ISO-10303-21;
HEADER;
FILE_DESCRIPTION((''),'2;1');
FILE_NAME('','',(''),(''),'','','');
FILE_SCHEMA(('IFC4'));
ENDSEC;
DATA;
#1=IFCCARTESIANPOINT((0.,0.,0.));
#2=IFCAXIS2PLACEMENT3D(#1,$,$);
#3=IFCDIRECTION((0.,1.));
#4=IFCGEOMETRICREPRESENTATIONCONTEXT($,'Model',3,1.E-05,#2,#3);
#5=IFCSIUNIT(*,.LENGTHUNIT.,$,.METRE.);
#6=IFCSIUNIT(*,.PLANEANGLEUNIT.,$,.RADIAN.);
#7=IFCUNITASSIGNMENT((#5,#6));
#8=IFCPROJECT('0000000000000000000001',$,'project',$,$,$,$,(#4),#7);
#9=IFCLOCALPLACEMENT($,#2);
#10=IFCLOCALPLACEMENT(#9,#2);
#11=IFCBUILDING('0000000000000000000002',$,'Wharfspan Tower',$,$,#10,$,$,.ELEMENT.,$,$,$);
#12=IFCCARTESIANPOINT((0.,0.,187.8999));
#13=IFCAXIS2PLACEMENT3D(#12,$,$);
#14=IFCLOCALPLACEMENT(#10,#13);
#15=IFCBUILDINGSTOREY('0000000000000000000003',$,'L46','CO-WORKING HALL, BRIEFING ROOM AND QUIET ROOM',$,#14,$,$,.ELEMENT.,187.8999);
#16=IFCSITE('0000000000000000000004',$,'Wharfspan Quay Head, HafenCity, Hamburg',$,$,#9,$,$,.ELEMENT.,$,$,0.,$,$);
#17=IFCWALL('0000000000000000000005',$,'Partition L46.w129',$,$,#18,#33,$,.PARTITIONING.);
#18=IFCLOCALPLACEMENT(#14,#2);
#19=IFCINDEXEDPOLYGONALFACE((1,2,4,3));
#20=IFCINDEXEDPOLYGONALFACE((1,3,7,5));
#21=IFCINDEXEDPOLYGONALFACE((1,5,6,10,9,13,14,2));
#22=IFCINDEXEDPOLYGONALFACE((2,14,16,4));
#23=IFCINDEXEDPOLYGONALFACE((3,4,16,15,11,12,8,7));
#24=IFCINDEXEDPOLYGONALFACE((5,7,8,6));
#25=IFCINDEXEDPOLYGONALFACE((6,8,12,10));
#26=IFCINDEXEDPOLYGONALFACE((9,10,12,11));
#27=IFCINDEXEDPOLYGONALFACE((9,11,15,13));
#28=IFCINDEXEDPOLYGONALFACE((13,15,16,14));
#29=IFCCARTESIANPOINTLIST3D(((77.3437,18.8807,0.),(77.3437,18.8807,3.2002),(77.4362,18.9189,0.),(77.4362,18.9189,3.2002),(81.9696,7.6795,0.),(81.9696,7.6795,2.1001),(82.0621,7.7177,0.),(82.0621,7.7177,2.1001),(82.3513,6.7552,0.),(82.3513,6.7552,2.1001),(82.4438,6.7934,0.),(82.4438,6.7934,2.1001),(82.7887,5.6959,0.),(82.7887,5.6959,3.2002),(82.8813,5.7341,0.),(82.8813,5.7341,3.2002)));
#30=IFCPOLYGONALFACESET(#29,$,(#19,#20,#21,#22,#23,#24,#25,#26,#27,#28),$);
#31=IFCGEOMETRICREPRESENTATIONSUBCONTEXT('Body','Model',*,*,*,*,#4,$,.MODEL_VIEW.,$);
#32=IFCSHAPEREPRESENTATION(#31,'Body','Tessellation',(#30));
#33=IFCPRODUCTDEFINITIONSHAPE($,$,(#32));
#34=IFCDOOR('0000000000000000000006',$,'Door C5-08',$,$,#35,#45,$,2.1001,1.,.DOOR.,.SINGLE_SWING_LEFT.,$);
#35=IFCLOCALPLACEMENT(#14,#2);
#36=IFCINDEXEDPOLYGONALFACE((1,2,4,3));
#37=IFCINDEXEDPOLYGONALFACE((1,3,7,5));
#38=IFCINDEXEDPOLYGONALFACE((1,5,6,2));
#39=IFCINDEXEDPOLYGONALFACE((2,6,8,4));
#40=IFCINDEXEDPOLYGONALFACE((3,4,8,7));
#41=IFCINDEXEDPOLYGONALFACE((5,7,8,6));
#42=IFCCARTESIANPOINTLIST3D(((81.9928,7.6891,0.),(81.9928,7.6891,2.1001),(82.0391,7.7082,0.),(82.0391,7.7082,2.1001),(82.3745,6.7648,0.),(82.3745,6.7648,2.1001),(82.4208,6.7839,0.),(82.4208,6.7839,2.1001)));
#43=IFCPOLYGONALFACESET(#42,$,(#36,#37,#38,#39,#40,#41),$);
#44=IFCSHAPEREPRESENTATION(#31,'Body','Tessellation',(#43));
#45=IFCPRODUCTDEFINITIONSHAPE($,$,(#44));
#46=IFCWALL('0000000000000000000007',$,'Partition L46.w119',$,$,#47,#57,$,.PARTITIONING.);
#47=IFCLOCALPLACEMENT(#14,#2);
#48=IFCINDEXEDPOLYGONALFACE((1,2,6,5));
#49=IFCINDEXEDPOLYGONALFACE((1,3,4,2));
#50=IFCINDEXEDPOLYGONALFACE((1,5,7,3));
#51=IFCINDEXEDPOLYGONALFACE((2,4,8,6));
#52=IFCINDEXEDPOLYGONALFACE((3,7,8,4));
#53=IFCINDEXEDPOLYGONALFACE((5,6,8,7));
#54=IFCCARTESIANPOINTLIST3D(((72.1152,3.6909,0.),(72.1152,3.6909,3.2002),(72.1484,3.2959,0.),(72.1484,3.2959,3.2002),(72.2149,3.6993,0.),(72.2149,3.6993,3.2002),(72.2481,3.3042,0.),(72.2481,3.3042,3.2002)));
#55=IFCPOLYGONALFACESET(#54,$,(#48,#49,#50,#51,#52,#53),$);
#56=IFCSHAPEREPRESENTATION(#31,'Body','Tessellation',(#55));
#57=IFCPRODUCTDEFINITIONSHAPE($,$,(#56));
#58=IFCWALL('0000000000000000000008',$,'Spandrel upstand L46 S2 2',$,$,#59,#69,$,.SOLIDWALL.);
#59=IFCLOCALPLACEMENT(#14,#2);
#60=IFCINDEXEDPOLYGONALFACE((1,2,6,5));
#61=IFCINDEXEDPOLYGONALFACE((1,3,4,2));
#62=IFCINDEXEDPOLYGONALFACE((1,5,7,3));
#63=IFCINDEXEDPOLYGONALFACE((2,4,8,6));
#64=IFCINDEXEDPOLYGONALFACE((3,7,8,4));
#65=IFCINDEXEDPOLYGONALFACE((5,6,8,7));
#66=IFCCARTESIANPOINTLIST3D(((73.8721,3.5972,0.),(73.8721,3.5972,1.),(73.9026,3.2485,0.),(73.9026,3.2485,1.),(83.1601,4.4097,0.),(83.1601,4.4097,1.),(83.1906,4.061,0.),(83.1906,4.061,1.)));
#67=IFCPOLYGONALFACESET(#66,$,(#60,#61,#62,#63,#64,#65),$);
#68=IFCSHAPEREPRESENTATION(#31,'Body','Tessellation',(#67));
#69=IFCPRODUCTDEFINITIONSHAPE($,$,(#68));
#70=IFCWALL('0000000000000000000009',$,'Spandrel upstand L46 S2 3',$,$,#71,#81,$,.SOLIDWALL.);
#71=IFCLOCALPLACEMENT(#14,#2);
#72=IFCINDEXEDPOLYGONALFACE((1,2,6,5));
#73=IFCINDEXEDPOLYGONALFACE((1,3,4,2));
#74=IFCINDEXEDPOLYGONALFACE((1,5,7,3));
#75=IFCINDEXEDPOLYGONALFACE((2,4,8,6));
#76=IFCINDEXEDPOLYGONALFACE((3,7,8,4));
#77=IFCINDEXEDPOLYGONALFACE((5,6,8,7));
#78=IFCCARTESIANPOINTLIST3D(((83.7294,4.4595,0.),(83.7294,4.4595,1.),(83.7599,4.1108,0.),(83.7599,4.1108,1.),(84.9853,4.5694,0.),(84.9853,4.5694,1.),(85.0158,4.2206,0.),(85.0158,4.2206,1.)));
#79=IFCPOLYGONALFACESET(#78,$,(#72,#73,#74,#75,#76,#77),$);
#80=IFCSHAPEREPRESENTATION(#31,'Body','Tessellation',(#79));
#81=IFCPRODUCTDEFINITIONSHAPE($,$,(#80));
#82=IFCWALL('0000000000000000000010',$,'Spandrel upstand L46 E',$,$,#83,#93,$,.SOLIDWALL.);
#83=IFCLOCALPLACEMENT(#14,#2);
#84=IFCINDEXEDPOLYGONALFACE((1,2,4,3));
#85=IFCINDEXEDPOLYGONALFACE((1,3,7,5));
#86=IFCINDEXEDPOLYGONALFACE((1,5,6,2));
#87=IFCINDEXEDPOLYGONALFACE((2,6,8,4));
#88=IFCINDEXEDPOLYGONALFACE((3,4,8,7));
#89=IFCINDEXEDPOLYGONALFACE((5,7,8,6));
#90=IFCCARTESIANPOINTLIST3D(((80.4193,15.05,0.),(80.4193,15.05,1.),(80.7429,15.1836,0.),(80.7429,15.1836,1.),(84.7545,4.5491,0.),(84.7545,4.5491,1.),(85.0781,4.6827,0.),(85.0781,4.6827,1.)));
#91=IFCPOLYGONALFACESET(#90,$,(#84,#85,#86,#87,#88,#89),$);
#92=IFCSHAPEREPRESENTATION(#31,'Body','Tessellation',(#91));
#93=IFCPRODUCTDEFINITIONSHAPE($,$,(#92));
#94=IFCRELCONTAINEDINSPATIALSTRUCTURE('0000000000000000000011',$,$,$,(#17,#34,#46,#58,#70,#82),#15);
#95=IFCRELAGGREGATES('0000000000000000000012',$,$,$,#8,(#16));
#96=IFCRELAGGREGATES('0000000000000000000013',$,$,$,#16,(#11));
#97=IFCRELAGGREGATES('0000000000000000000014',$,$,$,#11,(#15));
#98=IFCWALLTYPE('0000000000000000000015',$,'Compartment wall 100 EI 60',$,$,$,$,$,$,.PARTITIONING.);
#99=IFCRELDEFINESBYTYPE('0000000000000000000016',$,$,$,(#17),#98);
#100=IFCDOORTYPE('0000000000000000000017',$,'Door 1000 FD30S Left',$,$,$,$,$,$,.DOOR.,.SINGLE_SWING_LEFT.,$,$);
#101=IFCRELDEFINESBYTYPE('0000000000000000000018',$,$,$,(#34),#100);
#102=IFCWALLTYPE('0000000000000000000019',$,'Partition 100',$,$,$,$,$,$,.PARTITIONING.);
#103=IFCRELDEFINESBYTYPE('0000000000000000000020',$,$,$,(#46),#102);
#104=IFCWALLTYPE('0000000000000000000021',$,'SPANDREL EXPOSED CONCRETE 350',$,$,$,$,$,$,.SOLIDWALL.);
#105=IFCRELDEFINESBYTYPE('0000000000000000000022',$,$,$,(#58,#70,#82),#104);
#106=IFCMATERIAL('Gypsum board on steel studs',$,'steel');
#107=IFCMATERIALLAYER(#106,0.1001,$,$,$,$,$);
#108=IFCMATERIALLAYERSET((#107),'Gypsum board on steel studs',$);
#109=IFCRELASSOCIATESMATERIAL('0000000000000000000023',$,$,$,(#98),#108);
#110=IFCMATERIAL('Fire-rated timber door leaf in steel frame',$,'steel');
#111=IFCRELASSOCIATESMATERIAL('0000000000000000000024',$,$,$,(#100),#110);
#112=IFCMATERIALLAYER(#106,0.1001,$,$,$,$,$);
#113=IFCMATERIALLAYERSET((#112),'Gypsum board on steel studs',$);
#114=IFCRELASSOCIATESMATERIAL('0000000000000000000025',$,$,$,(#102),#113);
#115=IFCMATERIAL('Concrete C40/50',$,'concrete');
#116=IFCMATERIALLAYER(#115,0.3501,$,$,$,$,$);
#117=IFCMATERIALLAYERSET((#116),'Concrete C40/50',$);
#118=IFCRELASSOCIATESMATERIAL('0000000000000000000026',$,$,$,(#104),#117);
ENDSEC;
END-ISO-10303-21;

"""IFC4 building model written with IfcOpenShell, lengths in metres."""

from ifc_helpers import new_model, si_unit, direction, frame, frame_2d, origin, place, context, subcontext, project, spatial, rectangle, extrude, material, layer, layer_set, type_object, element, fill, save


model = new_model("IFC4")

# Units and contexts
model_context = context("Model", 3, precision=1e-05, world=origin(), true_north=direction((0.0, 1.0)))
body_context = subcontext(model_context, "Body", "Model", "MODEL_VIEW")
ifc_project = project(units=[si_unit("LENGTHUNIT", "METRE"), si_unit("PLANEANGLEUNIT", "RADIAN")], contexts=[model_context])

# Site, building, storey
site_placement = place(None, origin())
site = spatial("IfcSite", under=ifc_project, at=site_placement, Name="Wharfspan Quay Head, HafenCity, Hamburg", CompositionType="ELEMENT", RefElevation=0.0)
building_placement = place(site_placement, origin())
building = spatial("IfcBuilding", under=site, at=building_placement, Name="Wharfspan Tower", CompositionType="ELEMENT")
storey_placement = place(building_placement, frame((0.0, 0.0, 187.8999)))
storey = spatial("IfcBuildingStorey", under=building, at=storey_placement, Name="L46", Description="CO-WORKING HALL, BRIEFING ROOM AND QUIET ROOM", CompositionType="ELEMENT", Elevation=187.8999)

# Shared definitions
ifc_material_1 = material(Name="Gypsum board on steel studs", Category="steel")
ifc_layer_1 = layer(ifc_material_1, 0.1001)
ifc_layer_set_1 = layer_set([ifc_layer_1], Name="Gypsum board on steel studs")
wall_type_1 = type_object("IfcWallType", Name="Compartment wall 100 EI 60", PredefinedType="PARTITIONING", material=ifc_layer_set_1)

# Shared definitions
ifc_material_2 = material(Name="Fire-rated timber door leaf in steel frame", Category="steel")

# Wall, opening, door
wall_1_placement = place(storey_placement, frame((82.835, 5.7151, 0.0), z_axis=(0.0, 0.0, 1.0), x_axis=(-0.381709, 0.924279, 0.0)))
wall_1 = element("IfcWall", 1, at=wall_1_placement, inside=storey, type_object=wall_type_1, Name="Partition L46.w129", PredefinedType="PARTITIONING", context=body_context, shape_type="SweptSolid", body=[
    extrude(rectangle(XDim=14.2649, YDim=0.1001, at=frame_2d((7.1323, 0.0))), origin(), (0.0, 0.0, 1.0), 3.2002),
])
opening_1_placement = place(wall_1_placement, frame((1.146, 0.0, 0.0)))
opening_1 = element("IfcOpeningElement", 2, at=opening_1_placement, cuts=wall_1, PredefinedType="OPENING", context=body_context, shape_type="SweptSolid", body=[
    extrude(rectangle(XDim=1.0, YDim=2.1001, at=frame_2d((0.5, 1.05))), frame((0.0, 0.0601, 0.0), z_axis=(0.0, -1.0, 0.0), x_axis=(1.0, 0.0, 0.0)), (0.0, 0.0, 1.0), 0.1201),
])
door_type_1 = type_object("IfcDoorType", Name="Door 1000 FD30S Left", OperationType="SINGLE_SWING_LEFT", PredefinedType="DOOR", material=ifc_material_2)
door_1_placement = place(opening_1_placement, origin())
door_1 = element("IfcDoor", 3, at=door_1_placement, inside=storey, type_object=door_type_1, Name="Door C5-08", OperationType="SINGLE_SWING_LEFT", OverallHeight=2.1001, OverallWidth=1.0, PredefinedType="DOOR", context=body_context, shape_type="SweptSolid", body=[
    extrude(rectangle(XDim=1.0, YDim=2.1001, at=frame_2d((0.5, 1.05))), frame((0.0, 0.0249, 0.0), z_axis=(0.0, -1.0, 0.0), x_axis=(1.0, 0.0, 0.0)), (0.0, 0.0, 1.0), 0.05),
])
fill(opening_1, door_1)

# Walls
ifc_layer_2 = layer(ifc_material_1, 0.1001)
ifc_layer_set_2 = layer_set([ifc_layer_2], Name="Gypsum board on steel studs")
wall_type_2 = type_object("IfcWallType", Name="Partition 100", PredefinedType="PARTITIONING", material=ifc_layer_set_2)
wall_2_placement = place(storey_placement, frame((72.1982, 3.3, 0.0), z_axis=(0.0, 0.0, 1.0), x_axis=(-0.083759, 0.996486, 0.0)))
element("IfcWall", 4, at=wall_2_placement, inside=storey, type_object=wall_type_2, Name="Partition L46.w119", PredefinedType="PARTITIONING", context=body_context, shape_type="SweptSolid", body=[
    extrude(rectangle(XDim=0.3965, YDim=0.1001, at=frame_2d((0.1982, 0.0))), origin(), (0.0, 0.0, 1.0), 3.2002),
])
ifc_material_3 = material(Name="Concrete C40/50", Category="concrete")
ifc_layer_3 = layer(ifc_material_3, 0.3501)
ifc_layer_set_3 = layer_set([ifc_layer_3], Name="Concrete C40/50")
wall_type_3 = type_object("IfcWallType", Name="SPANDREL EXPOSED CONCRETE 350", PredefinedType="SOLIDWALL", material=ifc_layer_set_3)
wall_3_placement = place(storey_placement, frame((73.8875, 3.4229, 0.0), z_axis=(0.0, 0.0, 1.0), x_axis=(0.996197, 0.087145, 0.0)))
element("IfcWall", 5, at=wall_3_placement, inside=storey, type_object=wall_type_3, Name="Spandrel upstand L46 S2 2", PredefinedType="SOLIDWALL", context=body_context, shape_type="SweptSolid", body=[
    extrude(rectangle(XDim=9.3235, YDim=0.3501, at=frame_2d((4.6616, 0.0))), origin(), (0.0, 0.0, 1.0), 1.0),
])
wall_4_placement = place(storey_placement, frame((83.7446, 4.2852, 0.0), z_axis=(0.0, 0.0, 1.0), x_axis=(0.996198, 0.087148, 0.0)))
element("IfcWall", 6, at=wall_4_placement, inside=storey, type_object=wall_type_3, Name="Spandrel upstand L46 S2 3", PredefinedType="SOLIDWALL", context=body_context, shape_type="SweptSolid", body=[
    extrude(rectangle(XDim=1.2607, YDim=0.3501, at=frame_2d((0.6304, 0.0))), origin(), (0.0, 0.0, 1.0), 1.0),
])
wall_5_placement = place(storey_placement, frame((84.9163, 4.616, 0.0), z_axis=(0.0, 0.0, 1.0), x_axis=(-0.381598, 0.924328, 0.0)))
element("IfcWall", 7, at=wall_5_placement, inside=storey, type_object=wall_type_3, Name="Spandrel upstand L46 E", PredefinedType="SOLIDWALL", context=body_context, shape_type="SweptSolid", body=[
    extrude(rectangle(XDim=11.3606, YDim=0.3501, at=frame_2d((5.6802, 0.0))), origin(), (0.0, 0.0, 1.0), 1.0),
])

save(model, "model.ifc")
